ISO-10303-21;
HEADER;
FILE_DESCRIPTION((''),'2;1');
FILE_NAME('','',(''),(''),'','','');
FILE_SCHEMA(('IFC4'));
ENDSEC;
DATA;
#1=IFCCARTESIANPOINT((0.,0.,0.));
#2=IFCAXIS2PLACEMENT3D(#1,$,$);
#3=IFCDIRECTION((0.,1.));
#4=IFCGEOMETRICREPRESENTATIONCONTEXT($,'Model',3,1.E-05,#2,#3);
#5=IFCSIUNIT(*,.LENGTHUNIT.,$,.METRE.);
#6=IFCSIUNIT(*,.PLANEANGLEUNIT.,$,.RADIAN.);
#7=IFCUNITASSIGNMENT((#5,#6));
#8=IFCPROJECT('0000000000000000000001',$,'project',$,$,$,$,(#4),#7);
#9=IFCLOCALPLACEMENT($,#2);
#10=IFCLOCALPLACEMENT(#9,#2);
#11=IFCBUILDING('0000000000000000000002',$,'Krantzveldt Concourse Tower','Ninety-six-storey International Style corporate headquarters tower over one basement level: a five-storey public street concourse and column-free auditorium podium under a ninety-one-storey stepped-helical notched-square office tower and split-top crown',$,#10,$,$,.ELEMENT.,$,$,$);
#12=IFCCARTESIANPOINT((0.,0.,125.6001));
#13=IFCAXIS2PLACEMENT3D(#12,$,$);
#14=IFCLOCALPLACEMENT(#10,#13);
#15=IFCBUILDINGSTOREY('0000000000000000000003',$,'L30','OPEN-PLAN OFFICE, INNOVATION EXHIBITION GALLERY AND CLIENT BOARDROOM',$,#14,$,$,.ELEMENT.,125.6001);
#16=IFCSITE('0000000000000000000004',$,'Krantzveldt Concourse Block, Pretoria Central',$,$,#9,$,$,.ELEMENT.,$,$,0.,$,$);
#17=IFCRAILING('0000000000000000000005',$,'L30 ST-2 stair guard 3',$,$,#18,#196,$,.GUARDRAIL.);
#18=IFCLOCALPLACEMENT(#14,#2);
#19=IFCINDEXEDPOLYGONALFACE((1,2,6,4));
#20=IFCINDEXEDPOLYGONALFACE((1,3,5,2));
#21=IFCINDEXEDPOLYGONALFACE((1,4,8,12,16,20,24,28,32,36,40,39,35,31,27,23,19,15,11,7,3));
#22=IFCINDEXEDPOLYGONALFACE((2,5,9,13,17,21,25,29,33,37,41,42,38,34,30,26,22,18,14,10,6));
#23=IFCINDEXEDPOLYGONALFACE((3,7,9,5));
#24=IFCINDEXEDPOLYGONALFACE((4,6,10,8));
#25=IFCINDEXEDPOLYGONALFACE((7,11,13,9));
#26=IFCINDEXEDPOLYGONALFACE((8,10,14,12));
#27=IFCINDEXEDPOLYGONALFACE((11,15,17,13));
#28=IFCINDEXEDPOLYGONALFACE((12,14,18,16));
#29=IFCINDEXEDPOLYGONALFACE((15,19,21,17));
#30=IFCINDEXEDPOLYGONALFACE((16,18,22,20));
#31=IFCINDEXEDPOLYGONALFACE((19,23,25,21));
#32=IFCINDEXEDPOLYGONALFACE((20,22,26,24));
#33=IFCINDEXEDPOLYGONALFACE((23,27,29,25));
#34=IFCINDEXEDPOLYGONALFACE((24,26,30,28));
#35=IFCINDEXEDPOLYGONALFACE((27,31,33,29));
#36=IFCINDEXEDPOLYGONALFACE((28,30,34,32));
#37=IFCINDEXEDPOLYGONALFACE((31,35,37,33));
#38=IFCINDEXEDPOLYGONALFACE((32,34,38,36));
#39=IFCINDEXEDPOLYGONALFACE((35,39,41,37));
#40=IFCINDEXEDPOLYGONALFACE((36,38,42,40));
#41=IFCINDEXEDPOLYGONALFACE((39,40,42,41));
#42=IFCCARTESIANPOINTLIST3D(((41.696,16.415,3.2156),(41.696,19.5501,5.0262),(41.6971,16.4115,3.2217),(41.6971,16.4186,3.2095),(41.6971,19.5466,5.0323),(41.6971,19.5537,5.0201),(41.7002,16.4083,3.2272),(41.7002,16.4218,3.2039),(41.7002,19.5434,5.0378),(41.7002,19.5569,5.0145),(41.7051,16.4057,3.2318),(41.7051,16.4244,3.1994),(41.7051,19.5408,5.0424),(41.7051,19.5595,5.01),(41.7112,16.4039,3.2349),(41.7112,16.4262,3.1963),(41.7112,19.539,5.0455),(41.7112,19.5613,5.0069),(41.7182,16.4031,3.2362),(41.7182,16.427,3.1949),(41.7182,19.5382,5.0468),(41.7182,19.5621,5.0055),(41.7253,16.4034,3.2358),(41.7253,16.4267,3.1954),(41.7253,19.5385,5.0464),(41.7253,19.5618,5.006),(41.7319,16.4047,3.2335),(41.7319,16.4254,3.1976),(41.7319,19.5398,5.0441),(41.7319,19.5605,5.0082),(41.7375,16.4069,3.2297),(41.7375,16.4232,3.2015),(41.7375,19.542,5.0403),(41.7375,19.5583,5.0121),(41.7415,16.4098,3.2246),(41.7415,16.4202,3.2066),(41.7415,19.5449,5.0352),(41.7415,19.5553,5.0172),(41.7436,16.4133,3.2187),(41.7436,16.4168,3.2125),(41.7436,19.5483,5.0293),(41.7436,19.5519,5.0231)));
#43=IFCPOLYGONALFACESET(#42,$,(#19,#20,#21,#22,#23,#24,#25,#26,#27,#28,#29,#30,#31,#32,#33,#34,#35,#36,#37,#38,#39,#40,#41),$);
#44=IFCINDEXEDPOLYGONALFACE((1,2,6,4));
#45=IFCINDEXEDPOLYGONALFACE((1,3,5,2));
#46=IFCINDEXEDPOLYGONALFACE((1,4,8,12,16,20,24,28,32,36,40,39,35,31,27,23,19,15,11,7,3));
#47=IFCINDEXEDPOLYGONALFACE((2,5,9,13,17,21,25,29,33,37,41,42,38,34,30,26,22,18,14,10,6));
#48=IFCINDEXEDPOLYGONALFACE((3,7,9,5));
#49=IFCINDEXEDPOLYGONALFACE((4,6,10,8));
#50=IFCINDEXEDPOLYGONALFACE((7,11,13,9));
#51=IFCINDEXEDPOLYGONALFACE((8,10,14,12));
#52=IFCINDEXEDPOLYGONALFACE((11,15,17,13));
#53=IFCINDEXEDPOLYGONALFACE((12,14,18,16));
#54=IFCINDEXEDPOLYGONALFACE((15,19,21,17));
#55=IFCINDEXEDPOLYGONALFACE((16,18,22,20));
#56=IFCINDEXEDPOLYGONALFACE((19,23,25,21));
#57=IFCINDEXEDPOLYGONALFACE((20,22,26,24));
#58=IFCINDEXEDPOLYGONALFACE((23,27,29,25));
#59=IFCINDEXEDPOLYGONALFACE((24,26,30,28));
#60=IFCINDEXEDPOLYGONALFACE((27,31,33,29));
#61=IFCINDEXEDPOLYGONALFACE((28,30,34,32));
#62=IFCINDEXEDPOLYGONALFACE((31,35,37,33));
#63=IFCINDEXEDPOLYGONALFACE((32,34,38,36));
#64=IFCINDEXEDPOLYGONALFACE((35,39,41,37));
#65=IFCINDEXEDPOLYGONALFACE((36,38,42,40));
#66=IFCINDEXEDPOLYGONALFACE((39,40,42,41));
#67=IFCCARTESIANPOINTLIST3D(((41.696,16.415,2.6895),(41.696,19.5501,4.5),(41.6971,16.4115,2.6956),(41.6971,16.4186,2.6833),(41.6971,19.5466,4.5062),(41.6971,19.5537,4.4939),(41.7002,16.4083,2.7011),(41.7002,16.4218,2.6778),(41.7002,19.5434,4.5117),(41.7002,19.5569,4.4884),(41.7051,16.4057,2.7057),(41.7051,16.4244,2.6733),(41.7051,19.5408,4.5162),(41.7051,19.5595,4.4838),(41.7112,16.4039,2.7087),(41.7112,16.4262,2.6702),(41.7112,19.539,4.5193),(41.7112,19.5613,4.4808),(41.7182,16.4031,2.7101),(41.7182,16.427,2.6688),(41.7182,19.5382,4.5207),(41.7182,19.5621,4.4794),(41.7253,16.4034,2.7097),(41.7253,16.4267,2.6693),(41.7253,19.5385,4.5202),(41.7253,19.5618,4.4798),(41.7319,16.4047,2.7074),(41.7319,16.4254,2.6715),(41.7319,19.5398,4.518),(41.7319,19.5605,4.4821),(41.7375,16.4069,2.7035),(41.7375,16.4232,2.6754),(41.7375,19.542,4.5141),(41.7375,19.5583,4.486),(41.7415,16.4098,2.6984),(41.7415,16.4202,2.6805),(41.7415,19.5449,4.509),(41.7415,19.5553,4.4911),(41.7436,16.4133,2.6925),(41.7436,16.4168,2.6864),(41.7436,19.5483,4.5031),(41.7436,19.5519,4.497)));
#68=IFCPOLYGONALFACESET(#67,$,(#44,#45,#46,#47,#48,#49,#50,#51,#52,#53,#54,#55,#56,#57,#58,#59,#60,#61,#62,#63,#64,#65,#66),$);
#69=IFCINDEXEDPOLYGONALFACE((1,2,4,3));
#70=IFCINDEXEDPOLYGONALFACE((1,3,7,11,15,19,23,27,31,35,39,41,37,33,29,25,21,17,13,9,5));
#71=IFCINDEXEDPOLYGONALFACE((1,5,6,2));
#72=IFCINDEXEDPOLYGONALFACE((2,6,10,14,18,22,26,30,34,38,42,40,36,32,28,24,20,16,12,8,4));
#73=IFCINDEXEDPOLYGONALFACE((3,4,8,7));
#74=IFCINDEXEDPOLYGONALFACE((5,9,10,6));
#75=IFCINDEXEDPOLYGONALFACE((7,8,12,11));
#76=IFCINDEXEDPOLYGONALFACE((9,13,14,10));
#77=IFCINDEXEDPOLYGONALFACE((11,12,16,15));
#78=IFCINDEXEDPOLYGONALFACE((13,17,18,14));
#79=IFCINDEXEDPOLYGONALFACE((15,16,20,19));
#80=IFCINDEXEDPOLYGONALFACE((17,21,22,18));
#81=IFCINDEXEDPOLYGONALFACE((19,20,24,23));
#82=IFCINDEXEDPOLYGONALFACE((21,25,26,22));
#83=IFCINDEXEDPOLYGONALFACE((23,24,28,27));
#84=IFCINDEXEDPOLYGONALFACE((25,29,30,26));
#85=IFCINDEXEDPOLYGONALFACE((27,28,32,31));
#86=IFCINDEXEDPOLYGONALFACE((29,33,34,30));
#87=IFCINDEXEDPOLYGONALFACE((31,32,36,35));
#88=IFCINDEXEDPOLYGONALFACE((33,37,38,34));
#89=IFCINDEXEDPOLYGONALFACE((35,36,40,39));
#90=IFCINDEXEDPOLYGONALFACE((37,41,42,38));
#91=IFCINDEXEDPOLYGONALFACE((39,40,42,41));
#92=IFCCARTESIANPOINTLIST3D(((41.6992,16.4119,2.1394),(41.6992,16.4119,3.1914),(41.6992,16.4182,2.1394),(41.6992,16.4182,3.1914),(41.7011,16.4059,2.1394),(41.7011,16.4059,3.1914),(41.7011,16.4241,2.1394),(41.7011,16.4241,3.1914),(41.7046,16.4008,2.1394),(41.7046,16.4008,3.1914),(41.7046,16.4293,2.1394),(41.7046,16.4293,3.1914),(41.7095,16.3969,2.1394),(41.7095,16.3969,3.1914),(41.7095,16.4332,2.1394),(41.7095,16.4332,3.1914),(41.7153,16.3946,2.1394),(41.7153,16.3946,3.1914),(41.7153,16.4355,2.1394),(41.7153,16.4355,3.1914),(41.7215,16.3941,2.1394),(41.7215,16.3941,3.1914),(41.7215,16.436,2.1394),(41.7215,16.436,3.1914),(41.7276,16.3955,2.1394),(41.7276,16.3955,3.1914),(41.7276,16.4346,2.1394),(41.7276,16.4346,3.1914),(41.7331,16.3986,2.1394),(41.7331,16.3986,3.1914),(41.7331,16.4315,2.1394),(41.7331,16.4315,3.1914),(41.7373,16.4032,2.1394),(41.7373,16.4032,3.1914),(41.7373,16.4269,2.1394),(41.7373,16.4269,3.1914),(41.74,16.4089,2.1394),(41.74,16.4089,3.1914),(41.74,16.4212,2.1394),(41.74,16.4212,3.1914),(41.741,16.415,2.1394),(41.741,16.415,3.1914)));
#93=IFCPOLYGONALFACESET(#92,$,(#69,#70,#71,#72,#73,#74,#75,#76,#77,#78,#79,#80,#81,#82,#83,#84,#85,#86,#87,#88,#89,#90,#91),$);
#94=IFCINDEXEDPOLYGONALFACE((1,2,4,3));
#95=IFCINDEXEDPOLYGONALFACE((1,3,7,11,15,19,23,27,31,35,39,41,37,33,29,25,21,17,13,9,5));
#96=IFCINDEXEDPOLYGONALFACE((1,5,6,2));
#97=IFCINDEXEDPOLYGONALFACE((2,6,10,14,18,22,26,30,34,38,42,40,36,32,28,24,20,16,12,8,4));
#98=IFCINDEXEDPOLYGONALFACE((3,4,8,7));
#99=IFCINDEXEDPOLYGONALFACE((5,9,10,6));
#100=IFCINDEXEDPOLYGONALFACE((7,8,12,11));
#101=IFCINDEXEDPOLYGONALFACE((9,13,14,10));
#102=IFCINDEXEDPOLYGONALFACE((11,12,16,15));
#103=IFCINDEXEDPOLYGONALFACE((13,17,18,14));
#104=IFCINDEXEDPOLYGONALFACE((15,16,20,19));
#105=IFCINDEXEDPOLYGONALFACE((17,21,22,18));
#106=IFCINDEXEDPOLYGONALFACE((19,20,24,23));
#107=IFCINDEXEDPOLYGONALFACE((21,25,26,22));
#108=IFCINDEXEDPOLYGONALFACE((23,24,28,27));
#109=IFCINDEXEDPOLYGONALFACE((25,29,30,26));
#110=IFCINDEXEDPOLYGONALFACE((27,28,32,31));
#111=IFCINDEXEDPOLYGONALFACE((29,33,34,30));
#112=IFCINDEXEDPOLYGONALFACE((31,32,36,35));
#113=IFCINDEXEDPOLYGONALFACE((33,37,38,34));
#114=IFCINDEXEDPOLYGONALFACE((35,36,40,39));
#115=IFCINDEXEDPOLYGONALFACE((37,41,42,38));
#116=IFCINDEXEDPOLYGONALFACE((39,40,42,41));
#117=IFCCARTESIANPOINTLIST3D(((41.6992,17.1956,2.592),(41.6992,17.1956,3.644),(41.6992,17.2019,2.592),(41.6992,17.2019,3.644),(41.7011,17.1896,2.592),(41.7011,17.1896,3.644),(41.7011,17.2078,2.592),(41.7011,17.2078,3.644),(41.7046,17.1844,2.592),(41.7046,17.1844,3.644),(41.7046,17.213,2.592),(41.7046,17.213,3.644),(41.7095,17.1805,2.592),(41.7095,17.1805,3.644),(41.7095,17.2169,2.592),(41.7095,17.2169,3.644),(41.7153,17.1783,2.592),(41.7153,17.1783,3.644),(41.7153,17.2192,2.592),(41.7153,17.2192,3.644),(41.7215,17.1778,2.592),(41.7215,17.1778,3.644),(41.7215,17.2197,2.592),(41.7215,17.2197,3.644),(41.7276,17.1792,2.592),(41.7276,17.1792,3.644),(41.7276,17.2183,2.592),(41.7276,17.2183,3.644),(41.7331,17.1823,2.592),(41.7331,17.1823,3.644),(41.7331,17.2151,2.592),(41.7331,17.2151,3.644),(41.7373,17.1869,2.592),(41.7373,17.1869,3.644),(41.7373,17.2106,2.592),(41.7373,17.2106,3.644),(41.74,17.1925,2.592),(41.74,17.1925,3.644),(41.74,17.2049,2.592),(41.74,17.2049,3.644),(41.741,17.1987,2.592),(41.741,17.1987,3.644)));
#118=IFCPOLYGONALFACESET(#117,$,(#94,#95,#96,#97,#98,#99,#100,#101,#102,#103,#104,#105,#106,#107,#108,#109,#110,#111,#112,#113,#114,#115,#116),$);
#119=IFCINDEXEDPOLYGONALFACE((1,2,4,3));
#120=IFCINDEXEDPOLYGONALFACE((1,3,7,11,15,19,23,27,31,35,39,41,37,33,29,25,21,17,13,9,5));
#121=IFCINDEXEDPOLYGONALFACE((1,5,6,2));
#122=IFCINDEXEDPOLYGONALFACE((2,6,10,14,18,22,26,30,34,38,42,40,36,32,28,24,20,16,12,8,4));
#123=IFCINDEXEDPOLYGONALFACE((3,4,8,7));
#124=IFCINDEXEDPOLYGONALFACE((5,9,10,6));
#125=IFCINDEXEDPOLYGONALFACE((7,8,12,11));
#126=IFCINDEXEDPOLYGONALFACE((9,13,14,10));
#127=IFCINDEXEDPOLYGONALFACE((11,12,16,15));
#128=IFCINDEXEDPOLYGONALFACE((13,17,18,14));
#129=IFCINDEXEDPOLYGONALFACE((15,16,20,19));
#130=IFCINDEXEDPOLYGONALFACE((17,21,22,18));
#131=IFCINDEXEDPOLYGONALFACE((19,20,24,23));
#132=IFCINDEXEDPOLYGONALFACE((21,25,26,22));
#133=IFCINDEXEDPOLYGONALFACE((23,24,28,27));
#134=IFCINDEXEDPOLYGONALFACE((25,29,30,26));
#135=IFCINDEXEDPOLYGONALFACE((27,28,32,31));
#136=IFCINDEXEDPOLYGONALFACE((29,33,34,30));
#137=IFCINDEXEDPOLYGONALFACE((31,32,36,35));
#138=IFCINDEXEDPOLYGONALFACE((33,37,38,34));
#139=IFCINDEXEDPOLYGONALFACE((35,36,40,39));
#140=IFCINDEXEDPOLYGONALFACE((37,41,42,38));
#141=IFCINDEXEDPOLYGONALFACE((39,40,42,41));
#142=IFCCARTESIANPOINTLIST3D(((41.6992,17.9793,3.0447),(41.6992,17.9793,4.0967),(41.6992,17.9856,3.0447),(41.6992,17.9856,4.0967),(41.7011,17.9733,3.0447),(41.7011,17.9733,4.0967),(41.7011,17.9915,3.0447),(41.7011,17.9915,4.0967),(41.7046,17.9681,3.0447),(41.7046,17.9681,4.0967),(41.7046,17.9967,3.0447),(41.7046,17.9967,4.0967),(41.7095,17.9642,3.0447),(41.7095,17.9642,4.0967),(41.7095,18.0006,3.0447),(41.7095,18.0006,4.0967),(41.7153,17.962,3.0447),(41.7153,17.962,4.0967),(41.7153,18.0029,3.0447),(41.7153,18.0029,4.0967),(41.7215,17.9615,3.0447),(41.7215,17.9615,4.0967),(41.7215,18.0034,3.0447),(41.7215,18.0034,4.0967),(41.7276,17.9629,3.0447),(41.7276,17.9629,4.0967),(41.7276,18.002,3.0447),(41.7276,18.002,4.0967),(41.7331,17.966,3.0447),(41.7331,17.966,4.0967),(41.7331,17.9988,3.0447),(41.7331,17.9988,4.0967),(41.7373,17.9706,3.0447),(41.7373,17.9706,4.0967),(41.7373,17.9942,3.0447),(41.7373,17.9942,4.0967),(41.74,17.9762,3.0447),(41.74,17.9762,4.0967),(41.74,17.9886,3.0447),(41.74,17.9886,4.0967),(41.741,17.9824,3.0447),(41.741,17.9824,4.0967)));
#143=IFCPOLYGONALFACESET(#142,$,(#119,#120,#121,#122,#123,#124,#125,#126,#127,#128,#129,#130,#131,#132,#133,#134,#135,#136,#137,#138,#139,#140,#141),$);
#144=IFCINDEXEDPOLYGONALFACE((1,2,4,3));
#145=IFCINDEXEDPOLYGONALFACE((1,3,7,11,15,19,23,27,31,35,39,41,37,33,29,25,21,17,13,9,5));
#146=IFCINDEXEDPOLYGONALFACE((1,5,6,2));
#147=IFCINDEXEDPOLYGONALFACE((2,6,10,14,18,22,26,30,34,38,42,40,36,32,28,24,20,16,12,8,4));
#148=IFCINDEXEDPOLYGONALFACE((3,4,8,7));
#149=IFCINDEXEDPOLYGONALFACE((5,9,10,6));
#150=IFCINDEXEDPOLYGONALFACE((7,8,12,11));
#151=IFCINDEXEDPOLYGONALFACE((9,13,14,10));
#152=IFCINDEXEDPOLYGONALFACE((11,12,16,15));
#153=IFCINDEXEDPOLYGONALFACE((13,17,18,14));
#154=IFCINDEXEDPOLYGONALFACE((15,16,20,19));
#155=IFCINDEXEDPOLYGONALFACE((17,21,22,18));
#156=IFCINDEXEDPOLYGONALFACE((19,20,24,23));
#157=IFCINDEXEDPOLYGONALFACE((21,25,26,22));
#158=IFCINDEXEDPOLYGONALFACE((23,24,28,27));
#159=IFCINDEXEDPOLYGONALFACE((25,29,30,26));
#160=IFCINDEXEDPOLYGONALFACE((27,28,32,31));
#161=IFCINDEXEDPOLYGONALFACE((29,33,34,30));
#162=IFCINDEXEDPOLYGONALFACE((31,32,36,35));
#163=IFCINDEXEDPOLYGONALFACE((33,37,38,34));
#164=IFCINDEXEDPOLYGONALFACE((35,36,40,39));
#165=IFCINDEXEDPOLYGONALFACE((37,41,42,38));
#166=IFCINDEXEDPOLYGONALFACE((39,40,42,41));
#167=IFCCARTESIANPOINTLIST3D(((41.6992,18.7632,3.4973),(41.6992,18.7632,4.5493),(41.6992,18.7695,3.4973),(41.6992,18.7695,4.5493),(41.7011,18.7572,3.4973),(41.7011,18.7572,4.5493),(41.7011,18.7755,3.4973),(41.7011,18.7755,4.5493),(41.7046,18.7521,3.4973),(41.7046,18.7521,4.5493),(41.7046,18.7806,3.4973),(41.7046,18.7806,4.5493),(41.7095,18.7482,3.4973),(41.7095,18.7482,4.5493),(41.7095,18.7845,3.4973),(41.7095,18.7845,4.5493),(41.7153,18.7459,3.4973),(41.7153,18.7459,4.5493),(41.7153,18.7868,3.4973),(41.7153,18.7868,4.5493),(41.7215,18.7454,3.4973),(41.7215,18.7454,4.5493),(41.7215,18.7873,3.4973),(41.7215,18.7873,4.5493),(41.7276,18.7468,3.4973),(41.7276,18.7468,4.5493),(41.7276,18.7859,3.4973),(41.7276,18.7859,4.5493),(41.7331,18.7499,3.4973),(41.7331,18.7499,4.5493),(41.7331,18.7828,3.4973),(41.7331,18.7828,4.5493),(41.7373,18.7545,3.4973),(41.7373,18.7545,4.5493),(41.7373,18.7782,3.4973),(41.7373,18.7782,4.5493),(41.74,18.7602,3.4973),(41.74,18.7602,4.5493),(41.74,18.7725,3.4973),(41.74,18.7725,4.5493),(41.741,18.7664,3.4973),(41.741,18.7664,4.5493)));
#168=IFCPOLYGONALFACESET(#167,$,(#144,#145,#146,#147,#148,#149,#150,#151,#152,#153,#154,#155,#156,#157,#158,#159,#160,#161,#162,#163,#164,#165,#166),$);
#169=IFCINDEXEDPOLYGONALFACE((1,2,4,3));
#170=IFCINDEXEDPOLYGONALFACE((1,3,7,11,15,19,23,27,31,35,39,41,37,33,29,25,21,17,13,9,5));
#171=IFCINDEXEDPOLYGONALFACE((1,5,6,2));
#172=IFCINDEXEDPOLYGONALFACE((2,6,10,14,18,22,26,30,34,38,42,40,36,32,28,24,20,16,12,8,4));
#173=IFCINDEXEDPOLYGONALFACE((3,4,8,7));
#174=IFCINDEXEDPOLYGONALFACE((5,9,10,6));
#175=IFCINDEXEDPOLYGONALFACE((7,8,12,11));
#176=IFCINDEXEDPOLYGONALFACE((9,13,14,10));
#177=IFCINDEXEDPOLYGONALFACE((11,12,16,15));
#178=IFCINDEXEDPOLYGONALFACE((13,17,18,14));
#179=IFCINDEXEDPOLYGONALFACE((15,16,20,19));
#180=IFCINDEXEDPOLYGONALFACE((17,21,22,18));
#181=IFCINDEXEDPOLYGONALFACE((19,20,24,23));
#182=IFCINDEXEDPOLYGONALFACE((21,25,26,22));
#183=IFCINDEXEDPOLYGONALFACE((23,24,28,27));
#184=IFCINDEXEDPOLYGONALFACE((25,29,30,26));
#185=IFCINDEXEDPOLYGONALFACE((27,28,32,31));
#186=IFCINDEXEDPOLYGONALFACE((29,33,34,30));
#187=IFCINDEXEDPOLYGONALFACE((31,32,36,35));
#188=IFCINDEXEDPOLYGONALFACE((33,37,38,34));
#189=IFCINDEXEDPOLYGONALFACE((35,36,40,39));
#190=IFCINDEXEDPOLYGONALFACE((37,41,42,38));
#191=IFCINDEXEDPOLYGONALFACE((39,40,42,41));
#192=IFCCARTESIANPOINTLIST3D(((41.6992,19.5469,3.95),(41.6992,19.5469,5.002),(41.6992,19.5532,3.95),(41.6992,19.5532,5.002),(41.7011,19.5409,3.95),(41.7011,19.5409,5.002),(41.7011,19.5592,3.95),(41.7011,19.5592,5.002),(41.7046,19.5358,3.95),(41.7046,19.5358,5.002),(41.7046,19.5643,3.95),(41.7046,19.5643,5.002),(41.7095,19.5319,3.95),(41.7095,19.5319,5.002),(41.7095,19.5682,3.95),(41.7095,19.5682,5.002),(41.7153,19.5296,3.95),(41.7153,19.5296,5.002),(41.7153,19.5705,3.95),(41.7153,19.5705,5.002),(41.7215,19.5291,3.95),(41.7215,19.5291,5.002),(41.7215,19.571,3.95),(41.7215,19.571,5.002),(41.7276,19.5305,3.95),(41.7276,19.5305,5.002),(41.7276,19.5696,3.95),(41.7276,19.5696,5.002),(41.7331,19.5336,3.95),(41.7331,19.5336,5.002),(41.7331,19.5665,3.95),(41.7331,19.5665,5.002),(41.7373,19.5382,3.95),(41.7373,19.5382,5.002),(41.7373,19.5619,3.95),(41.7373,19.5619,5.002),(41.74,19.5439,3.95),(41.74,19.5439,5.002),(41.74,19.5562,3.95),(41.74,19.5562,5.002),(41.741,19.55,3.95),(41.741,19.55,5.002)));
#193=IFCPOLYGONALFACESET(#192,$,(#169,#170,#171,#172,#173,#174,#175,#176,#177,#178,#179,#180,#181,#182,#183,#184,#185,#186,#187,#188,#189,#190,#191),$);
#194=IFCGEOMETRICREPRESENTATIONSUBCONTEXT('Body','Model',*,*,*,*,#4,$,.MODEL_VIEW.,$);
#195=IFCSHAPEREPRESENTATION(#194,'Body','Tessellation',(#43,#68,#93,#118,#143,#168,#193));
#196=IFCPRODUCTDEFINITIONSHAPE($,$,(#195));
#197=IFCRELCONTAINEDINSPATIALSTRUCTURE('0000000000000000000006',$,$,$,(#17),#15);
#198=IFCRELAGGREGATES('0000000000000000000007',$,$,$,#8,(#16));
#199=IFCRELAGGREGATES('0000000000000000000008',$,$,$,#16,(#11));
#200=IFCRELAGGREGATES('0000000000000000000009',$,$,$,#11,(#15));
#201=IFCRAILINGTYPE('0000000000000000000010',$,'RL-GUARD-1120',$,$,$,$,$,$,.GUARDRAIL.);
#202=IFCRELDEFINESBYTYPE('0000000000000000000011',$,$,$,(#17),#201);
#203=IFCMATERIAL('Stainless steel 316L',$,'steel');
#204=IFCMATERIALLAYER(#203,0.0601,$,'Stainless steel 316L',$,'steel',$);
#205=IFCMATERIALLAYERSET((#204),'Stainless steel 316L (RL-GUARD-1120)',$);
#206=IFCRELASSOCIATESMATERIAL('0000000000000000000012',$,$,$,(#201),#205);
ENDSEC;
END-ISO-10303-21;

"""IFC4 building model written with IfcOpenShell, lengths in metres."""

from ifc_helpers import new_model, si_unit, direction, frame, origin, origin_2d, place, context, subcontext, project, spatial, circle, extrude, material, layer, layer_set, type_object, element, save


model = new_model("IFC4")

# Units and contexts
model_context = context("Model", 3, precision=1e-05, world=origin(), true_north=direction((0.0, 1.0)))
body_context = subcontext(model_context, "Body", "Model", "MODEL_VIEW")
ifc_project = project(units=[si_unit("LENGTHUNIT", "METRE"), si_unit("PLANEANGLEUNIT", "RADIAN")], contexts=[model_context])

# Site, building, storey
site_placement = place(None, origin())
site = spatial("IfcSite", under=ifc_project, at=site_placement, Name="Krantzveldt Concourse Block, Pretoria Central", CompositionType="ELEMENT", RefElevation=0.0)
building_placement = place(site_placement, origin())
building = spatial("IfcBuilding", under=site, at=building_placement, Name="Krantzveldt Concourse Tower", Description="Ninety-six-storey International Style corporate headquarters tower over one basement level: a five-storey public street concourse and column-free auditorium podium under a ninety-one-storey stepped-helical notched-square office tower and split-top crown", CompositionType="ELEMENT")
storey_placement = place(building_placement, frame((0.0, 0.0, 125.6001)))
storey = spatial("IfcBuildingStorey", under=building, at=storey_placement, Name="L30", Description="OPEN-PLAN OFFICE, INNOVATION EXHIBITION GALLERY AND CLIENT BOARDROOM", CompositionType="ELEMENT", Elevation=125.6001)

# Shared definitions
ifc_material_1 = material(Name="Stainless steel 316L", Category="steel")

# Railing
ifc_layer_1 = layer(ifc_material_1, 0.0601, Name="Stainless steel 316L", Category="steel")
ifc_layer_set_1 = layer_set([ifc_layer_1], Name="Stainless steel 316L (RL-GUARD-1120)")
railing_type_1 = type_object("IfcRailingType", Name="RL-GUARD-1120", PredefinedType="GUARDRAIL", material=ifc_layer_set_1)
railing_1_placement = place(storey_placement, frame((41.72, 16.415, 2.1394)))
element("IfcRailing", 1, at=railing_1_placement, inside=storey, type_object=railing_type_1, Name="L30 ST-2 stair guard 3", PredefinedType="GUARDRAIL", context=body_context, shape_type="SweptSolid", body=[
    extrude(circle(Radius=0.0239, at=origin_2d()), frame((0.0, 0.0, 1.0762), z_axis=(0.0, 0.86596, 0.500114), x_axis=(-1.0, 0.0, 0.0)), (0.0, 0.0, 1.0), 3.6204),
    extrude(circle(Radius=0.0239, at=origin_2d()), frame((0.0, 0.0, 0.55), z_axis=(0.0, 0.86596, 0.500114), x_axis=(-1.0, 0.0, 0.0)), (0.0, 0.0, 1.0), 3.6204),
    extrude(circle(Radius=0.021, at=origin_2d()), origin(), (0.0, 0.0, 1.0), 1.052),
    extrude(circle(Radius=0.021, at=origin_2d()), frame((0.0, 0.7837, 0.4526)), (0.0, 0.0, 1.0), 1.052),
    extrude(circle(Radius=0.021, at=origin_2d()), frame((0.0, 1.5674, 0.9053)), (0.0, 0.0, 1.0), 1.052),
    extrude(circle(Radius=0.021, at=origin_2d()), frame((0.0, 2.3513, 1.3579)), (0.0, 0.0, 1.0), 1.052),
    extrude(circle(Radius=0.021, at=origin_2d()), frame((0.0, 3.135, 1.8105)), (0.0, 0.0, 1.0), 1.052),
])

save(model, "model.ifc")
